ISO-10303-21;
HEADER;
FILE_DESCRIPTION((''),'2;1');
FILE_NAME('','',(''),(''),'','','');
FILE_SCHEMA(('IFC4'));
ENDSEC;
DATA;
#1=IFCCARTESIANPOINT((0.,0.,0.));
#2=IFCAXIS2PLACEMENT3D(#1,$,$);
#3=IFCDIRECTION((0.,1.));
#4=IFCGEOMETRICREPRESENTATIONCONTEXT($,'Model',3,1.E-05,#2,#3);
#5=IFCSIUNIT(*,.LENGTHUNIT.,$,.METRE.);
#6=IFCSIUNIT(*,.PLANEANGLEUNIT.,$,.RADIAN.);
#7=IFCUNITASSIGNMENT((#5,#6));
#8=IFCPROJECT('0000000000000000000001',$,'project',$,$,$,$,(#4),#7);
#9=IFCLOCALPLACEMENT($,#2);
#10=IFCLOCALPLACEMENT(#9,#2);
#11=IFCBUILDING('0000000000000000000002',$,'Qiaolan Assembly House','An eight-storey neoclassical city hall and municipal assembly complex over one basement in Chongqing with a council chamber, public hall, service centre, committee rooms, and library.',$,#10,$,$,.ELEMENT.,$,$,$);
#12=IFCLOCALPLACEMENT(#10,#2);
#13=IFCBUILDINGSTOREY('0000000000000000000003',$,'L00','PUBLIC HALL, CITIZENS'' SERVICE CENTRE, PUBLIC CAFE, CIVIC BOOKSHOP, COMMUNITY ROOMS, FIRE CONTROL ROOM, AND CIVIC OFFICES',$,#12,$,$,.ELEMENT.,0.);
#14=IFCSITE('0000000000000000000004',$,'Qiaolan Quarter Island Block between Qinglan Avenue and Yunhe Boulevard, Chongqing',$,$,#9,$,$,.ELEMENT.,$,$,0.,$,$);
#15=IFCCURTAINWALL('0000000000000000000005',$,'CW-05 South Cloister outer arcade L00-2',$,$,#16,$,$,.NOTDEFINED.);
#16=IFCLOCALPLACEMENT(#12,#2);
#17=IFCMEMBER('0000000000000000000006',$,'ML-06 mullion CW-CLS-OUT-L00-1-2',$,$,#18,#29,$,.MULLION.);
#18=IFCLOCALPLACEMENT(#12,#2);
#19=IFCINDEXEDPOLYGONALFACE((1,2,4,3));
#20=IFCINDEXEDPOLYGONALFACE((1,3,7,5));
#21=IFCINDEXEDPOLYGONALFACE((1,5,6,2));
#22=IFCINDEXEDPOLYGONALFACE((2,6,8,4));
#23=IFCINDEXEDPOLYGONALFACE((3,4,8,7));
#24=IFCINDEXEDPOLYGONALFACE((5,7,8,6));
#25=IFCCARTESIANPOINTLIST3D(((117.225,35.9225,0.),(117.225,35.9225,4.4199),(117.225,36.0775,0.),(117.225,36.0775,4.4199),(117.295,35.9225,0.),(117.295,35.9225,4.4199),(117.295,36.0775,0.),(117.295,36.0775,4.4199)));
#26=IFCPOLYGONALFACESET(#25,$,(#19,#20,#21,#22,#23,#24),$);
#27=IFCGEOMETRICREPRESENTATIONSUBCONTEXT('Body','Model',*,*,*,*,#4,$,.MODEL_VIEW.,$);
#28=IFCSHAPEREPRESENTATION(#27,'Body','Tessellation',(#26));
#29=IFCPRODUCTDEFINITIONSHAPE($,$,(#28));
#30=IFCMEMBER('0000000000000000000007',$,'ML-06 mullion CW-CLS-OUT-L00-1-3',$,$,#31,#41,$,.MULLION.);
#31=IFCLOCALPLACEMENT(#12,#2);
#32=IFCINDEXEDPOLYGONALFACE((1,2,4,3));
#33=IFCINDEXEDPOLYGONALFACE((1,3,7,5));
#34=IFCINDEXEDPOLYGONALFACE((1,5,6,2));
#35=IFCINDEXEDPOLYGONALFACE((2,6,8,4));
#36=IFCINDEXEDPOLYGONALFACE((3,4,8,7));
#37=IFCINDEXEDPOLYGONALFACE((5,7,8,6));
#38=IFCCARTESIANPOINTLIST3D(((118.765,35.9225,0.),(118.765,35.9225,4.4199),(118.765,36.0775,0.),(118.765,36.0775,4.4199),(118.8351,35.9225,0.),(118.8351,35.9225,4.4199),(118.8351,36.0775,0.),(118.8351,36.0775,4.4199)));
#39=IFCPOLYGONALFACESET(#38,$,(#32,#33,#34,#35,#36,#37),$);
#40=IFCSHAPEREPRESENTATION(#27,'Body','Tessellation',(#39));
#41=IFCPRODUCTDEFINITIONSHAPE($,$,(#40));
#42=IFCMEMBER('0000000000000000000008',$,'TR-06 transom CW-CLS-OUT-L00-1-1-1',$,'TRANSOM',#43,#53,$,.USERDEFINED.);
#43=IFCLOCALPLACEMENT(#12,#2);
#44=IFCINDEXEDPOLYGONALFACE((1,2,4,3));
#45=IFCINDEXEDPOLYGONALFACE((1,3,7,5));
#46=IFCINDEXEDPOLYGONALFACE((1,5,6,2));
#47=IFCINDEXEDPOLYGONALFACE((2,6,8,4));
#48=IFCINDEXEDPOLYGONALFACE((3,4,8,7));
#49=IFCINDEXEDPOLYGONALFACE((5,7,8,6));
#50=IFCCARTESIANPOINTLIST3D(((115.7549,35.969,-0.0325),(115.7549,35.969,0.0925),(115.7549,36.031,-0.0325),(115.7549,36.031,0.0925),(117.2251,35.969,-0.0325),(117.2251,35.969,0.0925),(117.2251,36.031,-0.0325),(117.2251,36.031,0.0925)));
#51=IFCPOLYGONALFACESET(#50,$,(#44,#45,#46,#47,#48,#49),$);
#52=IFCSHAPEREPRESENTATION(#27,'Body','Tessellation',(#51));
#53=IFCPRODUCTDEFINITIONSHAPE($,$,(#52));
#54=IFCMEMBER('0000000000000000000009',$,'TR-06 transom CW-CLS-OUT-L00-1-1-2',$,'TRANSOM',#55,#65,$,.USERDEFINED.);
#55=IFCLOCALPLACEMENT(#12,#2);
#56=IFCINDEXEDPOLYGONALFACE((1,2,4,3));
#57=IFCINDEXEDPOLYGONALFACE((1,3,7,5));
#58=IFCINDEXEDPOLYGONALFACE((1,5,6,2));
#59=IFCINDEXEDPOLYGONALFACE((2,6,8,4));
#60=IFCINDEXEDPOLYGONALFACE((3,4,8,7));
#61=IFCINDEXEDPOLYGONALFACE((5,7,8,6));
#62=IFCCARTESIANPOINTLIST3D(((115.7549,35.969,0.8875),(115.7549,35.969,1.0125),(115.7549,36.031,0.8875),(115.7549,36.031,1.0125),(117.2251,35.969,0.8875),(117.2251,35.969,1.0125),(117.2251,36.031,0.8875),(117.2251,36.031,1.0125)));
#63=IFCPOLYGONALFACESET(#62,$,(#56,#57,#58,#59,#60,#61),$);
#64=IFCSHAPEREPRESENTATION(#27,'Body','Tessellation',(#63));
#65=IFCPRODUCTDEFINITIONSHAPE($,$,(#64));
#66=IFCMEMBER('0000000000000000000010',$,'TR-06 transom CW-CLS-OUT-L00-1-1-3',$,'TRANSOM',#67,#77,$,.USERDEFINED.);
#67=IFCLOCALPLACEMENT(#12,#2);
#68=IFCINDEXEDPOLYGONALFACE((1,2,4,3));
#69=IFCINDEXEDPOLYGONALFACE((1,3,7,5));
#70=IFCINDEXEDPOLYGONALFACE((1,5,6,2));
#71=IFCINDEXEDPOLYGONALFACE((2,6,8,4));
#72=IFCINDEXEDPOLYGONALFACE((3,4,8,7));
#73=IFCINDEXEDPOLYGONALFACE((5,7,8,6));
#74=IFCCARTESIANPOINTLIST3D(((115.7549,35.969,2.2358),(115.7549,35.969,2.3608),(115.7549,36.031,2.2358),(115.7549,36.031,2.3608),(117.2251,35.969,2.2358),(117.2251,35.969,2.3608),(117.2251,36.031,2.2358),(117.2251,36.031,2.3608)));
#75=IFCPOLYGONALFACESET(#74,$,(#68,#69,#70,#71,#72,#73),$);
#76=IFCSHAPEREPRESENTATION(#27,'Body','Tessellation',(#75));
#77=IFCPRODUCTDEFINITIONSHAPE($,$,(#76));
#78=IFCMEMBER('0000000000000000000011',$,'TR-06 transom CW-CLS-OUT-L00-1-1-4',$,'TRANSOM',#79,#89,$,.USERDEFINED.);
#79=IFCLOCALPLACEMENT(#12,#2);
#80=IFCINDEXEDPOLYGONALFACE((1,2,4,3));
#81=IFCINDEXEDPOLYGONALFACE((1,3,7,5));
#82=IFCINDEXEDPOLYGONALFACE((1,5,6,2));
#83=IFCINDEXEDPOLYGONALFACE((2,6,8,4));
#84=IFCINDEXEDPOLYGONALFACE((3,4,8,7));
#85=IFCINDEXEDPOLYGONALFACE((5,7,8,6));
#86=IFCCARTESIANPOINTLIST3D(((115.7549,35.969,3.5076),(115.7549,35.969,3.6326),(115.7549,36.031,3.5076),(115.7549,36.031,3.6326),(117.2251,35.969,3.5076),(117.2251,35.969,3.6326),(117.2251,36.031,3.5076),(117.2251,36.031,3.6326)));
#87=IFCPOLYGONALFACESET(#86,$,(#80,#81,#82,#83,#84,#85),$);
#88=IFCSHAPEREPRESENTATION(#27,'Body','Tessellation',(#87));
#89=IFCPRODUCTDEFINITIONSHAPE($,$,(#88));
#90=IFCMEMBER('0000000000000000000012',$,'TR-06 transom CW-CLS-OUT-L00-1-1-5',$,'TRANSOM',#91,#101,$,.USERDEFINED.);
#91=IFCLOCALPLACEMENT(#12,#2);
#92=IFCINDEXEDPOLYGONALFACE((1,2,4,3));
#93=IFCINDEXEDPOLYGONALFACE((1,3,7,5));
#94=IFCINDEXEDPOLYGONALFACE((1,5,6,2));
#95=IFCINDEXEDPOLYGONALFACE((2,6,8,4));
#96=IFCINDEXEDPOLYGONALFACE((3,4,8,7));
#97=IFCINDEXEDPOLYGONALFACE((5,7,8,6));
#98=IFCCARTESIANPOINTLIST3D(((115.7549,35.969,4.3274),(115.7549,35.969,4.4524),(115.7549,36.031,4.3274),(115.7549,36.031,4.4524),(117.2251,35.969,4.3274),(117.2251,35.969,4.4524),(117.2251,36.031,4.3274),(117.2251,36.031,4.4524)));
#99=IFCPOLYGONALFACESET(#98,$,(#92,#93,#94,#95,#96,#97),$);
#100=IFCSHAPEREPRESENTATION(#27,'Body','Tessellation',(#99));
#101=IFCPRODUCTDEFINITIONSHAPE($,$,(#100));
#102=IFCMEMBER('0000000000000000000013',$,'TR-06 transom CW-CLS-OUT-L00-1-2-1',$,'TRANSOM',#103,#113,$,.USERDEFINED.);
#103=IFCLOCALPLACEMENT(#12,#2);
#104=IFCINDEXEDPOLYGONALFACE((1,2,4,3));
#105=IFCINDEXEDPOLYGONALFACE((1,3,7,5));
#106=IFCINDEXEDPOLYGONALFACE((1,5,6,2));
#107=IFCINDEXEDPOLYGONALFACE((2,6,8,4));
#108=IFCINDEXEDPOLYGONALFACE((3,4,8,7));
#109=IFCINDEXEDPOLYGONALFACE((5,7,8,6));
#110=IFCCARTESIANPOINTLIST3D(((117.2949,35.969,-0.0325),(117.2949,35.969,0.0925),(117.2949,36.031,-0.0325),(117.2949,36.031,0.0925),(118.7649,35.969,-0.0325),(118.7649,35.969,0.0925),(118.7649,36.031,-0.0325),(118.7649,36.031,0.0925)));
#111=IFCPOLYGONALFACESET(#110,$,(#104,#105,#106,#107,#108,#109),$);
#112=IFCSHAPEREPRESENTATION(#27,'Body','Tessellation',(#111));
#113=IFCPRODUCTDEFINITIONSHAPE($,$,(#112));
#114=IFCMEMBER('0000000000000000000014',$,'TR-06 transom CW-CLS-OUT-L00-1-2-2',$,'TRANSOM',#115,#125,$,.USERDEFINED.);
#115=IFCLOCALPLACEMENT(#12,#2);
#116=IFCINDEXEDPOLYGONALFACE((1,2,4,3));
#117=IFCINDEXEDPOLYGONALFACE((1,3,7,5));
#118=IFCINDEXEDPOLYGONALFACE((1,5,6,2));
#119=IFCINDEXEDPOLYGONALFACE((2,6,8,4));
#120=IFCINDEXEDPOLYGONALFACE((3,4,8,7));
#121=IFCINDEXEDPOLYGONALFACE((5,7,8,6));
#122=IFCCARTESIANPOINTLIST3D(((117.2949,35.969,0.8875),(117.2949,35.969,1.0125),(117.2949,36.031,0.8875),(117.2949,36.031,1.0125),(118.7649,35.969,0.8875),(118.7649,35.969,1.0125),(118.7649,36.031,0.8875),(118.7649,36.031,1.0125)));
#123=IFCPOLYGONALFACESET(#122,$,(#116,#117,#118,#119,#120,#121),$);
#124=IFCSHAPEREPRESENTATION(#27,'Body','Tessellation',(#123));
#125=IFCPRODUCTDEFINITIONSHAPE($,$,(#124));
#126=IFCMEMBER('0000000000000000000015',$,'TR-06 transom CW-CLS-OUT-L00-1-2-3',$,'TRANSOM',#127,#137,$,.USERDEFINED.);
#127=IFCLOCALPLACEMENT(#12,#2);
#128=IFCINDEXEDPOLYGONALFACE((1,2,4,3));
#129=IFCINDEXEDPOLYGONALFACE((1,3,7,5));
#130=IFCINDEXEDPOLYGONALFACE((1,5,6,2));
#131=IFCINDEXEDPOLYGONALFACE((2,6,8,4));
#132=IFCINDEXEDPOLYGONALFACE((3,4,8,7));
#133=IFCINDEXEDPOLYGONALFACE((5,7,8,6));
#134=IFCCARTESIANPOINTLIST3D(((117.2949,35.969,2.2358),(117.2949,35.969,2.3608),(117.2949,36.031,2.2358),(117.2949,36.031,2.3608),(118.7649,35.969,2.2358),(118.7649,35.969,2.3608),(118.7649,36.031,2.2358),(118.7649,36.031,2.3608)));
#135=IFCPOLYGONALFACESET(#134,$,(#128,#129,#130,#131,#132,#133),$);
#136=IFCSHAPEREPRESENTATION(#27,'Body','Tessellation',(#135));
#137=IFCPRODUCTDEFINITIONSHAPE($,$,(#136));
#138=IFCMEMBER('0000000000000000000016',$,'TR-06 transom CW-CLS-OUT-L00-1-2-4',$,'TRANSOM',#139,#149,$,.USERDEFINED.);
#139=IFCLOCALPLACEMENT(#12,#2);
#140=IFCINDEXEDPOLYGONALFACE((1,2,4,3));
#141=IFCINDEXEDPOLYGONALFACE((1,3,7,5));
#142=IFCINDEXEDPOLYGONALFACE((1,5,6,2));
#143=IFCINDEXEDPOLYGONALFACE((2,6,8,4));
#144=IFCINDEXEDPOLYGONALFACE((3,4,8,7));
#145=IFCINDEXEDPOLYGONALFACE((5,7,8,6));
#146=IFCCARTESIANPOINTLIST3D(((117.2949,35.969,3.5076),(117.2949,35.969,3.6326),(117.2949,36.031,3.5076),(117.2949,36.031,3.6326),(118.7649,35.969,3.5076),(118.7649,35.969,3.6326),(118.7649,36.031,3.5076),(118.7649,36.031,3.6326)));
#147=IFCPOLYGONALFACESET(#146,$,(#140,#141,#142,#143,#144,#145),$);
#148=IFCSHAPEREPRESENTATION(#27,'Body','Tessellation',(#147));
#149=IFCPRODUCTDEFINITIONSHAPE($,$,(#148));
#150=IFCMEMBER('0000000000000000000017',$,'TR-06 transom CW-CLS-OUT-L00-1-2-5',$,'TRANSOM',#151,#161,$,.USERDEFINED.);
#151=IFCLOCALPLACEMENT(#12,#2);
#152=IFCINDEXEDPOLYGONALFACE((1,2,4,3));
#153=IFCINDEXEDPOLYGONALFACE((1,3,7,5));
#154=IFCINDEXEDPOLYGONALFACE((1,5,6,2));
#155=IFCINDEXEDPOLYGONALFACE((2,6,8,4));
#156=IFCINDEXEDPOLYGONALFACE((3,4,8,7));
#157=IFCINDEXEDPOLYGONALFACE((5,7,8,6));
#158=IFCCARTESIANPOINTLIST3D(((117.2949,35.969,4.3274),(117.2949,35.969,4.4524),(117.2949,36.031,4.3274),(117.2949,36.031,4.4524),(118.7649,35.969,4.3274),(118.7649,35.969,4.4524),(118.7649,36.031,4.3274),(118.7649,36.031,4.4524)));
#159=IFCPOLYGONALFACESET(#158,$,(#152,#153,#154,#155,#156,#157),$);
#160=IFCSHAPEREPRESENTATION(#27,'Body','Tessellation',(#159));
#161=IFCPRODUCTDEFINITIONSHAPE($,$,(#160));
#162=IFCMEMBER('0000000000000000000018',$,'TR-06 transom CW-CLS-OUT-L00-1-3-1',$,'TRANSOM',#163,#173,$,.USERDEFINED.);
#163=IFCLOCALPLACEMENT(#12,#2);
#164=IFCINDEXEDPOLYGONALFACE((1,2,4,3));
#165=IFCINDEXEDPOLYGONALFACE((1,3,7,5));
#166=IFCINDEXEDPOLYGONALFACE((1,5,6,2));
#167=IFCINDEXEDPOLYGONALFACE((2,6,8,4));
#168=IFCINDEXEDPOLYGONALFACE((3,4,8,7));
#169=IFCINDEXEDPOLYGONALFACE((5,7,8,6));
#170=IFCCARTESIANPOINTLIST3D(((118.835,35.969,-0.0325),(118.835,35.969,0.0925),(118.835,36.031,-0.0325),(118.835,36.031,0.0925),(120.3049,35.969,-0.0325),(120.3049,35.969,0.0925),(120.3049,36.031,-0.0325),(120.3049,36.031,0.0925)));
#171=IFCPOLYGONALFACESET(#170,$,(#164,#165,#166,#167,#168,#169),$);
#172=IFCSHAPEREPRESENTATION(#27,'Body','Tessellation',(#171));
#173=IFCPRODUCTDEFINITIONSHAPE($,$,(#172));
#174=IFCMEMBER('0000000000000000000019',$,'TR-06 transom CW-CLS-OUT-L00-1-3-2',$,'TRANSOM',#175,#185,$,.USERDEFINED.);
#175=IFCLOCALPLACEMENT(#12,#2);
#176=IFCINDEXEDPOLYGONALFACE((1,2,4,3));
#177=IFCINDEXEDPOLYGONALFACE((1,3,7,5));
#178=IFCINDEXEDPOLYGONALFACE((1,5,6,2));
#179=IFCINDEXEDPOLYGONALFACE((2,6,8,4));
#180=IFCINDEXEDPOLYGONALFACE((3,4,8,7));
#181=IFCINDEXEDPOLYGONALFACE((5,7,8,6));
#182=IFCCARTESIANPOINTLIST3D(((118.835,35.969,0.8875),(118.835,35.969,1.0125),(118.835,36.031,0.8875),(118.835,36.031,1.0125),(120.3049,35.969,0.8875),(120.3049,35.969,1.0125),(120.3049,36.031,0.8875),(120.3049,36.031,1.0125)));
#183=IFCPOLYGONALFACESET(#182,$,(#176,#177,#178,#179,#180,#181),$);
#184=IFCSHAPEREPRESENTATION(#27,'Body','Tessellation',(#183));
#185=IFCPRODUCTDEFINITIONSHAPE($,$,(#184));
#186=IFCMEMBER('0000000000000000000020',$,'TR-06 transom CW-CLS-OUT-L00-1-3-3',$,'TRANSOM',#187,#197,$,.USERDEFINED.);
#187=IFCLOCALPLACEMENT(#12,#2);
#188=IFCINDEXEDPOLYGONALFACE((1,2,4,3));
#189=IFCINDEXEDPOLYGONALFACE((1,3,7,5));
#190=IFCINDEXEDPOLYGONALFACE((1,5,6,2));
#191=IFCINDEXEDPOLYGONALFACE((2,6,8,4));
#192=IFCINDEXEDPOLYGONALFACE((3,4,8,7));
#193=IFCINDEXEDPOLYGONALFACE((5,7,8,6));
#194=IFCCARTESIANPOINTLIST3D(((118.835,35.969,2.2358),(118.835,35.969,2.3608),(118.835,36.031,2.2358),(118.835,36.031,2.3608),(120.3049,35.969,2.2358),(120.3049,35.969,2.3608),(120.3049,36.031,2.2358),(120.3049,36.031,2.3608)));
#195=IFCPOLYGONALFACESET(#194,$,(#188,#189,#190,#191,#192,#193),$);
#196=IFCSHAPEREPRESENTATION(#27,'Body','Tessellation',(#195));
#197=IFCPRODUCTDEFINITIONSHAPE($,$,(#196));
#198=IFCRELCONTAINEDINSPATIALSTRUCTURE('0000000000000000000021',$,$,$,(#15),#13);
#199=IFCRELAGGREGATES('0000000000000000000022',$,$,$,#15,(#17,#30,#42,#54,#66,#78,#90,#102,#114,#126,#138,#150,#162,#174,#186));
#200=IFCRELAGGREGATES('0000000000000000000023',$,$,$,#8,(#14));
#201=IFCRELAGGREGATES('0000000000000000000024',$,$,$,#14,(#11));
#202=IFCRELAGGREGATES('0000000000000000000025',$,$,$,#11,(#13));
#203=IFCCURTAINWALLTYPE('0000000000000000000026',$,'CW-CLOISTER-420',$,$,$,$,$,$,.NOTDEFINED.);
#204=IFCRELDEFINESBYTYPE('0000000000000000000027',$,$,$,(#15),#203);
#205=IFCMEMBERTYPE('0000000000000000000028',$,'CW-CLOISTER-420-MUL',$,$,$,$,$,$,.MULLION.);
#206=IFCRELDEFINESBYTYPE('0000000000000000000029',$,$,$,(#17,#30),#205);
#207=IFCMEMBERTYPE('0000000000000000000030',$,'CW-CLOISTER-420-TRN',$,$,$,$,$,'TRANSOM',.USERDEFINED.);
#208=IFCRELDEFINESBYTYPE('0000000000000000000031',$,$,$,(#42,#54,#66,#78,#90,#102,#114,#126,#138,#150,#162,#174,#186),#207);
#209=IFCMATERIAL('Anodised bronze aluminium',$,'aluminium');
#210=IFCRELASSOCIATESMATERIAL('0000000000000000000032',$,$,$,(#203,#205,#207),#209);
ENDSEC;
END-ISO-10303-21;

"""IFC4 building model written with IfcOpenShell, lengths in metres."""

from ifc_helpers import new_model, si_unit, direction, frame, origin, origin_2d, place, context, subcontext, project, spatial, rectangle, extrude, material, material_profile, profile_set, type_object, element, aggregate, save


model = new_model("IFC4")

# Units and contexts
model_context = context("Model", 3, precision=1e-05, world=origin(), true_north=direction((0.0, 1.0)))
body_context = subcontext(model_context, "Body", "Model", "MODEL_VIEW")
ifc_project = project(units=[si_unit("LENGTHUNIT", "METRE"), si_unit("PLANEANGLEUNIT", "RADIAN")], contexts=[model_context])

# Site, building, storey
site_placement = place(None, origin())
site = spatial("IfcSite", under=ifc_project, at=site_placement, Name="Qiaolan Quarter Island Block between Qinglan Avenue and Yunhe Boulevard, Chongqing", CompositionType="ELEMENT", RefElevation=0.0)
building_placement = place(site_placement, origin())
building = spatial("IfcBuilding", under=site, at=building_placement, Name="Qiaolan Assembly House", Description="An eight-storey neoclassical city hall and municipal assembly complex over one basement in Chongqing with a council chamber, public hall, service centre, committee rooms, and library.", CompositionType="ELEMENT")
storey_placement = place(building_placement, origin())
storey = spatial("IfcBuildingStorey", under=building, at=storey_placement, Name="L00", Description="PUBLIC HALL, CITIZENS' SERVICE CENTRE, PUBLIC CAFE, CIVIC BOOKSHOP, COMMUNITY ROOMS, FIRE CONTROL ROOM, AND CIVIC OFFICES", CompositionType="ELEMENT", Elevation=0.0)

# Curtain wall, members
ifc_material_1 = material(Name="Anodised bronze aluminium", Category="aluminium")
curtain_wall_type = type_object("IfcCurtainWallType", Name="CW-CLOISTER-420", PredefinedType="NOTDEFINED", material=ifc_material_1)
curtain_wall_placement = place(storey_placement, origin())
curtain_wall = element("IfcCurtainWall", 1, at=curtain_wall_placement, inside=storey, type_object=curtain_wall_type, Name="CW-05 South Cloister outer arcade L00-2", PredefinedType="NOTDEFINED")
ifc_material_profile_1 = material_profile(ifc_material_1, rectangle(XDim=0.0701, YDim=0.155, at=origin_2d()), Name="MUL 70x155")
ifc_profile_set_1 = profile_set([ifc_material_profile_1], Name="Anodised bronze aluminium")
member_type_1 = type_object("IfcMemberType", Name="CW-CLOISTER-420-MUL", PredefinedType="MULLION", material=ifc_profile_set_1)
member_1_placement = place(storey_placement, frame((117.26, 36.0, 0.0), z_axis=(0.0, 0.0, 1.0), x_axis=(1.0, 0.0, 0.0)))
member_1 = element("IfcMember", 2, at=member_1_placement, type_object=member_type_1, Name="ML-06 mullion CW-CLS-OUT-L00-1-2", PredefinedType="MULLION", context=body_context, shape_type="SweptSolid", body=[
    extrude(rectangle(XDim=0.0701, YDim=0.155, at=origin_2d()), origin(), (0.0, 0.0, 1.0), 4.4199),
])
member_2_placement = place(storey_placement, frame((118.8, 36.0, 0.0), z_axis=(0.0, 0.0, 1.0), x_axis=(1.0, 0.0, 0.0)))
member_2 = element("IfcMember", 3, at=member_2_placement, type_object=member_type_1, Name="ML-06 mullion CW-CLS-OUT-L00-1-3", PredefinedType="MULLION", context=body_context, shape_type="SweptSolid", body=[
    extrude(rectangle(XDim=0.0701, YDim=0.155, at=origin_2d()), origin(), (0.0, 0.0, 1.0), 4.4199),
])
ifc_material_profile_2 = material_profile(ifc_material_1, rectangle(XDim=0.062, YDim=0.125, at=origin_2d()), Name="TRN 62x125")
ifc_profile_set_2 = profile_set([ifc_material_profile_2], Name="Anodised bronze aluminium")
member_type_2 = type_object("IfcMemberType", Name="CW-CLOISTER-420-TRN", ElementType="TRANSOM", PredefinedType="USERDEFINED", material=ifc_profile_set_2)
member_3_placement = place(storey_placement, frame((115.7549, 36.0, 0.03), z_axis=(1.0, 0.0, 0.0), x_axis=(0.0, 1.0, 0.0)))
member_3 = element("IfcMember", 4, at=member_3_placement, type_object=member_type_2, Name="TR-06 transom CW-CLS-OUT-L00-1-1-1", ObjectType="TRANSOM", PredefinedType="USERDEFINED", context=body_context, shape_type="SweptSolid", body=[
    extrude(rectangle(XDim=0.062, YDim=0.125, at=origin_2d()), origin(), (0.0, 0.0, 1.0), 1.4702),
])
member_4_placement = place(storey_placement, frame((115.7549, 36.0, 0.95), z_axis=(1.0, 0.0, 0.0), x_axis=(0.0, 1.0, 0.0)))
member_4 = element("IfcMember", 5, at=member_4_placement, type_object=member_type_2, Name="TR-06 transom CW-CLS-OUT-L00-1-1-2", ObjectType="TRANSOM", PredefinedType="USERDEFINED", context=body_context, shape_type="SweptSolid", body=[
    extrude(rectangle(XDim=0.062, YDim=0.125, at=origin_2d()), origin(), (0.0, 0.0, 1.0), 1.4702),
])
member_5_placement = place(storey_placement, frame((115.7549, 36.0, 2.2983), z_axis=(1.0, 0.0, 0.0), x_axis=(0.0, 1.0, 0.0)))
member_5 = element("IfcMember", 6, at=member_5_placement, type_object=member_type_2, Name="TR-06 transom CW-CLS-OUT-L00-1-1-3", ObjectType="TRANSOM", PredefinedType="USERDEFINED", context=body_context, shape_type="SweptSolid", body=[
    extrude(rectangle(XDim=0.062, YDim=0.125, at=origin_2d()), origin(), (0.0, 0.0, 1.0), 1.4702),
])
member_6_placement = place(storey_placement, frame((115.7549, 36.0, 3.5701), z_axis=(1.0, 0.0, 0.0), x_axis=(0.0, 1.0, 0.0)))
member_6 = element("IfcMember", 7, at=member_6_placement, type_object=member_type_2, Name="TR-06 transom CW-CLS-OUT-L00-1-1-4", ObjectType="TRANSOM", PredefinedType="USERDEFINED", context=body_context, shape_type="SweptSolid", body=[
    extrude(rectangle(XDim=0.062, YDim=0.125, at=origin_2d()), origin(), (0.0, 0.0, 1.0), 1.4702),
])
member_7_placement = place(storey_placement, frame((115.7549, 36.0, 4.3899), z_axis=(1.0, 0.0, 0.0), x_axis=(0.0, 1.0, 0.0)))
member_7 = element("IfcMember", 8, at=member_7_placement, type_object=member_type_2, Name="TR-06 transom CW-CLS-OUT-L00-1-1-5", ObjectType="TRANSOM", PredefinedType="USERDEFINED", context=body_context, shape_type="SweptSolid", body=[
    extrude(rectangle(XDim=0.062, YDim=0.125, at=origin_2d()), origin(), (0.0, 0.0, 1.0), 1.4702),
])
member_8_placement = place(storey_placement, frame((117.2949, 36.0, 0.03), z_axis=(1.0, 0.0, 0.0), x_axis=(0.0, 1.0, 0.0)))
member_8 = element("IfcMember", 9, at=member_8_placement, type_object=member_type_2, Name="TR-06 transom CW-CLS-OUT-L00-1-2-1", ObjectType="TRANSOM", PredefinedType="USERDEFINED", context=body_context, shape_type="SweptSolid", body=[
    extrude(rectangle(XDim=0.062, YDim=0.125, at=origin_2d()), origin(), (0.0, 0.0, 1.0), 1.47),
])
member_9_placement = place(storey_placement, frame((117.2949, 36.0, 0.95), z_axis=(1.0, 0.0, 0.0), x_axis=(0.0, 1.0, 0.0)))
member_9 = element("IfcMember", 10, at=member_9_placement, type_object=member_type_2, Name="TR-06 transom CW-CLS-OUT-L00-1-2-2", ObjectType="TRANSOM", PredefinedType="USERDEFINED", context=body_context, shape_type="SweptSolid", body=[
    extrude(rectangle(XDim=0.062, YDim=0.125, at=origin_2d()), origin(), (0.0, 0.0, 1.0), 1.47),
])
member_10_placement = place(storey_placement, frame((117.2949, 36.0, 2.2983), z_axis=(1.0, 0.0, 0.0), x_axis=(0.0, 1.0, 0.0)))
member_10 = element("IfcMember", 11, at=member_10_placement, type_object=member_type_2, Name="TR-06 transom CW-CLS-OUT-L00-1-2-3", ObjectType="TRANSOM", PredefinedType="USERDEFINED", context=body_context, shape_type="SweptSolid", body=[
    extrude(rectangle(XDim=0.062, YDim=0.125, at=origin_2d()), origin(), (0.0, 0.0, 1.0), 1.47),
])
member_11_placement = place(storey_placement, frame((117.2949, 36.0, 3.5701), z_axis=(1.0, 0.0, 0.0), x_axis=(0.0, 1.0, 0.0)))
member_11 = element("IfcMember", 12, at=member_11_placement, type_object=member_type_2, Name="TR-06 transom CW-CLS-OUT-L00-1-2-4", ObjectType="TRANSOM", PredefinedType="USERDEFINED", context=body_context, shape_type="SweptSolid", body=[
    extrude(rectangle(XDim=0.062, YDim=0.125, at=origin_2d()), origin(), (0.0, 0.0, 1.0), 1.47),
])
member_12_placement = place(storey_placement, frame((117.2949, 36.0, 4.3899), z_axis=(1.0, 0.0, 0.0), x_axis=(0.0, 1.0, 0.0)))
member_12 = element("IfcMember", 13, at=member_12_placement, type_object=member_type_2, Name="TR-06 transom CW-CLS-OUT-L00-1-2-5", ObjectType="TRANSOM", PredefinedType="USERDEFINED", context=body_context, shape_type="SweptSolid", body=[
    extrude(rectangle(XDim=0.062, YDim=0.125, at=origin_2d()), origin(), (0.0, 0.0, 1.0), 1.47),
])
member_13_placement = place(storey_placement, frame((118.835, 36.0, 0.03), z_axis=(1.0, 0.0, 0.0), x_axis=(0.0, 1.0, 0.0)))
member_13 = element("IfcMember", 14, at=member_13_placement, type_object=member_type_2, Name="TR-06 transom CW-CLS-OUT-L00-1-3-1", ObjectType="TRANSOM", PredefinedType="USERDEFINED", context=body_context, shape_type="SweptSolid", body=[
    extrude(rectangle(XDim=0.062, YDim=0.125, at=origin_2d()), origin(), (0.0, 0.0, 1.0), 1.47),
])
member_14_placement = place(storey_placement, frame((118.835, 36.0, 0.95), z_axis=(1.0, 0.0, 0.0), x_axis=(0.0, 1.0, 0.0)))
member_14 = element("IfcMember", 15, at=member_14_placement, type_object=member_type_2, Name="TR-06 transom CW-CLS-OUT-L00-1-3-2", ObjectType="TRANSOM", PredefinedType="USERDEFINED", context=body_context, shape_type="SweptSolid", body=[
    extrude(rectangle(XDim=0.062, YDim=0.125, at=origin_2d()), origin(), (0.0, 0.0, 1.0), 1.47),
])
member_15_placement = place(storey_placement, frame((118.835, 36.0, 2.2983), z_axis=(1.0, 0.0, 0.0), x_axis=(0.0, 1.0, 0.0)))
member_15 = element("IfcMember", 16, at=member_15_placement, type_object=member_type_2, Name="TR-06 transom CW-CLS-OUT-L00-1-3-3", ObjectType="TRANSOM", PredefinedType="USERDEFINED", context=body_context, shape_type="SweptSolid", body=[
    extrude(rectangle(XDim=0.062, YDim=0.125, at=origin_2d()), origin(), (0.0, 0.0, 1.0), 1.47),
])

aggregate(curtain_wall, [member_1, member_2, member_3, member_4, member_5, member_6, member_7, member_8, member_9, member_10, member_11, member_12, member_13, member_14, member_15])

save(model, "model.ifc")
